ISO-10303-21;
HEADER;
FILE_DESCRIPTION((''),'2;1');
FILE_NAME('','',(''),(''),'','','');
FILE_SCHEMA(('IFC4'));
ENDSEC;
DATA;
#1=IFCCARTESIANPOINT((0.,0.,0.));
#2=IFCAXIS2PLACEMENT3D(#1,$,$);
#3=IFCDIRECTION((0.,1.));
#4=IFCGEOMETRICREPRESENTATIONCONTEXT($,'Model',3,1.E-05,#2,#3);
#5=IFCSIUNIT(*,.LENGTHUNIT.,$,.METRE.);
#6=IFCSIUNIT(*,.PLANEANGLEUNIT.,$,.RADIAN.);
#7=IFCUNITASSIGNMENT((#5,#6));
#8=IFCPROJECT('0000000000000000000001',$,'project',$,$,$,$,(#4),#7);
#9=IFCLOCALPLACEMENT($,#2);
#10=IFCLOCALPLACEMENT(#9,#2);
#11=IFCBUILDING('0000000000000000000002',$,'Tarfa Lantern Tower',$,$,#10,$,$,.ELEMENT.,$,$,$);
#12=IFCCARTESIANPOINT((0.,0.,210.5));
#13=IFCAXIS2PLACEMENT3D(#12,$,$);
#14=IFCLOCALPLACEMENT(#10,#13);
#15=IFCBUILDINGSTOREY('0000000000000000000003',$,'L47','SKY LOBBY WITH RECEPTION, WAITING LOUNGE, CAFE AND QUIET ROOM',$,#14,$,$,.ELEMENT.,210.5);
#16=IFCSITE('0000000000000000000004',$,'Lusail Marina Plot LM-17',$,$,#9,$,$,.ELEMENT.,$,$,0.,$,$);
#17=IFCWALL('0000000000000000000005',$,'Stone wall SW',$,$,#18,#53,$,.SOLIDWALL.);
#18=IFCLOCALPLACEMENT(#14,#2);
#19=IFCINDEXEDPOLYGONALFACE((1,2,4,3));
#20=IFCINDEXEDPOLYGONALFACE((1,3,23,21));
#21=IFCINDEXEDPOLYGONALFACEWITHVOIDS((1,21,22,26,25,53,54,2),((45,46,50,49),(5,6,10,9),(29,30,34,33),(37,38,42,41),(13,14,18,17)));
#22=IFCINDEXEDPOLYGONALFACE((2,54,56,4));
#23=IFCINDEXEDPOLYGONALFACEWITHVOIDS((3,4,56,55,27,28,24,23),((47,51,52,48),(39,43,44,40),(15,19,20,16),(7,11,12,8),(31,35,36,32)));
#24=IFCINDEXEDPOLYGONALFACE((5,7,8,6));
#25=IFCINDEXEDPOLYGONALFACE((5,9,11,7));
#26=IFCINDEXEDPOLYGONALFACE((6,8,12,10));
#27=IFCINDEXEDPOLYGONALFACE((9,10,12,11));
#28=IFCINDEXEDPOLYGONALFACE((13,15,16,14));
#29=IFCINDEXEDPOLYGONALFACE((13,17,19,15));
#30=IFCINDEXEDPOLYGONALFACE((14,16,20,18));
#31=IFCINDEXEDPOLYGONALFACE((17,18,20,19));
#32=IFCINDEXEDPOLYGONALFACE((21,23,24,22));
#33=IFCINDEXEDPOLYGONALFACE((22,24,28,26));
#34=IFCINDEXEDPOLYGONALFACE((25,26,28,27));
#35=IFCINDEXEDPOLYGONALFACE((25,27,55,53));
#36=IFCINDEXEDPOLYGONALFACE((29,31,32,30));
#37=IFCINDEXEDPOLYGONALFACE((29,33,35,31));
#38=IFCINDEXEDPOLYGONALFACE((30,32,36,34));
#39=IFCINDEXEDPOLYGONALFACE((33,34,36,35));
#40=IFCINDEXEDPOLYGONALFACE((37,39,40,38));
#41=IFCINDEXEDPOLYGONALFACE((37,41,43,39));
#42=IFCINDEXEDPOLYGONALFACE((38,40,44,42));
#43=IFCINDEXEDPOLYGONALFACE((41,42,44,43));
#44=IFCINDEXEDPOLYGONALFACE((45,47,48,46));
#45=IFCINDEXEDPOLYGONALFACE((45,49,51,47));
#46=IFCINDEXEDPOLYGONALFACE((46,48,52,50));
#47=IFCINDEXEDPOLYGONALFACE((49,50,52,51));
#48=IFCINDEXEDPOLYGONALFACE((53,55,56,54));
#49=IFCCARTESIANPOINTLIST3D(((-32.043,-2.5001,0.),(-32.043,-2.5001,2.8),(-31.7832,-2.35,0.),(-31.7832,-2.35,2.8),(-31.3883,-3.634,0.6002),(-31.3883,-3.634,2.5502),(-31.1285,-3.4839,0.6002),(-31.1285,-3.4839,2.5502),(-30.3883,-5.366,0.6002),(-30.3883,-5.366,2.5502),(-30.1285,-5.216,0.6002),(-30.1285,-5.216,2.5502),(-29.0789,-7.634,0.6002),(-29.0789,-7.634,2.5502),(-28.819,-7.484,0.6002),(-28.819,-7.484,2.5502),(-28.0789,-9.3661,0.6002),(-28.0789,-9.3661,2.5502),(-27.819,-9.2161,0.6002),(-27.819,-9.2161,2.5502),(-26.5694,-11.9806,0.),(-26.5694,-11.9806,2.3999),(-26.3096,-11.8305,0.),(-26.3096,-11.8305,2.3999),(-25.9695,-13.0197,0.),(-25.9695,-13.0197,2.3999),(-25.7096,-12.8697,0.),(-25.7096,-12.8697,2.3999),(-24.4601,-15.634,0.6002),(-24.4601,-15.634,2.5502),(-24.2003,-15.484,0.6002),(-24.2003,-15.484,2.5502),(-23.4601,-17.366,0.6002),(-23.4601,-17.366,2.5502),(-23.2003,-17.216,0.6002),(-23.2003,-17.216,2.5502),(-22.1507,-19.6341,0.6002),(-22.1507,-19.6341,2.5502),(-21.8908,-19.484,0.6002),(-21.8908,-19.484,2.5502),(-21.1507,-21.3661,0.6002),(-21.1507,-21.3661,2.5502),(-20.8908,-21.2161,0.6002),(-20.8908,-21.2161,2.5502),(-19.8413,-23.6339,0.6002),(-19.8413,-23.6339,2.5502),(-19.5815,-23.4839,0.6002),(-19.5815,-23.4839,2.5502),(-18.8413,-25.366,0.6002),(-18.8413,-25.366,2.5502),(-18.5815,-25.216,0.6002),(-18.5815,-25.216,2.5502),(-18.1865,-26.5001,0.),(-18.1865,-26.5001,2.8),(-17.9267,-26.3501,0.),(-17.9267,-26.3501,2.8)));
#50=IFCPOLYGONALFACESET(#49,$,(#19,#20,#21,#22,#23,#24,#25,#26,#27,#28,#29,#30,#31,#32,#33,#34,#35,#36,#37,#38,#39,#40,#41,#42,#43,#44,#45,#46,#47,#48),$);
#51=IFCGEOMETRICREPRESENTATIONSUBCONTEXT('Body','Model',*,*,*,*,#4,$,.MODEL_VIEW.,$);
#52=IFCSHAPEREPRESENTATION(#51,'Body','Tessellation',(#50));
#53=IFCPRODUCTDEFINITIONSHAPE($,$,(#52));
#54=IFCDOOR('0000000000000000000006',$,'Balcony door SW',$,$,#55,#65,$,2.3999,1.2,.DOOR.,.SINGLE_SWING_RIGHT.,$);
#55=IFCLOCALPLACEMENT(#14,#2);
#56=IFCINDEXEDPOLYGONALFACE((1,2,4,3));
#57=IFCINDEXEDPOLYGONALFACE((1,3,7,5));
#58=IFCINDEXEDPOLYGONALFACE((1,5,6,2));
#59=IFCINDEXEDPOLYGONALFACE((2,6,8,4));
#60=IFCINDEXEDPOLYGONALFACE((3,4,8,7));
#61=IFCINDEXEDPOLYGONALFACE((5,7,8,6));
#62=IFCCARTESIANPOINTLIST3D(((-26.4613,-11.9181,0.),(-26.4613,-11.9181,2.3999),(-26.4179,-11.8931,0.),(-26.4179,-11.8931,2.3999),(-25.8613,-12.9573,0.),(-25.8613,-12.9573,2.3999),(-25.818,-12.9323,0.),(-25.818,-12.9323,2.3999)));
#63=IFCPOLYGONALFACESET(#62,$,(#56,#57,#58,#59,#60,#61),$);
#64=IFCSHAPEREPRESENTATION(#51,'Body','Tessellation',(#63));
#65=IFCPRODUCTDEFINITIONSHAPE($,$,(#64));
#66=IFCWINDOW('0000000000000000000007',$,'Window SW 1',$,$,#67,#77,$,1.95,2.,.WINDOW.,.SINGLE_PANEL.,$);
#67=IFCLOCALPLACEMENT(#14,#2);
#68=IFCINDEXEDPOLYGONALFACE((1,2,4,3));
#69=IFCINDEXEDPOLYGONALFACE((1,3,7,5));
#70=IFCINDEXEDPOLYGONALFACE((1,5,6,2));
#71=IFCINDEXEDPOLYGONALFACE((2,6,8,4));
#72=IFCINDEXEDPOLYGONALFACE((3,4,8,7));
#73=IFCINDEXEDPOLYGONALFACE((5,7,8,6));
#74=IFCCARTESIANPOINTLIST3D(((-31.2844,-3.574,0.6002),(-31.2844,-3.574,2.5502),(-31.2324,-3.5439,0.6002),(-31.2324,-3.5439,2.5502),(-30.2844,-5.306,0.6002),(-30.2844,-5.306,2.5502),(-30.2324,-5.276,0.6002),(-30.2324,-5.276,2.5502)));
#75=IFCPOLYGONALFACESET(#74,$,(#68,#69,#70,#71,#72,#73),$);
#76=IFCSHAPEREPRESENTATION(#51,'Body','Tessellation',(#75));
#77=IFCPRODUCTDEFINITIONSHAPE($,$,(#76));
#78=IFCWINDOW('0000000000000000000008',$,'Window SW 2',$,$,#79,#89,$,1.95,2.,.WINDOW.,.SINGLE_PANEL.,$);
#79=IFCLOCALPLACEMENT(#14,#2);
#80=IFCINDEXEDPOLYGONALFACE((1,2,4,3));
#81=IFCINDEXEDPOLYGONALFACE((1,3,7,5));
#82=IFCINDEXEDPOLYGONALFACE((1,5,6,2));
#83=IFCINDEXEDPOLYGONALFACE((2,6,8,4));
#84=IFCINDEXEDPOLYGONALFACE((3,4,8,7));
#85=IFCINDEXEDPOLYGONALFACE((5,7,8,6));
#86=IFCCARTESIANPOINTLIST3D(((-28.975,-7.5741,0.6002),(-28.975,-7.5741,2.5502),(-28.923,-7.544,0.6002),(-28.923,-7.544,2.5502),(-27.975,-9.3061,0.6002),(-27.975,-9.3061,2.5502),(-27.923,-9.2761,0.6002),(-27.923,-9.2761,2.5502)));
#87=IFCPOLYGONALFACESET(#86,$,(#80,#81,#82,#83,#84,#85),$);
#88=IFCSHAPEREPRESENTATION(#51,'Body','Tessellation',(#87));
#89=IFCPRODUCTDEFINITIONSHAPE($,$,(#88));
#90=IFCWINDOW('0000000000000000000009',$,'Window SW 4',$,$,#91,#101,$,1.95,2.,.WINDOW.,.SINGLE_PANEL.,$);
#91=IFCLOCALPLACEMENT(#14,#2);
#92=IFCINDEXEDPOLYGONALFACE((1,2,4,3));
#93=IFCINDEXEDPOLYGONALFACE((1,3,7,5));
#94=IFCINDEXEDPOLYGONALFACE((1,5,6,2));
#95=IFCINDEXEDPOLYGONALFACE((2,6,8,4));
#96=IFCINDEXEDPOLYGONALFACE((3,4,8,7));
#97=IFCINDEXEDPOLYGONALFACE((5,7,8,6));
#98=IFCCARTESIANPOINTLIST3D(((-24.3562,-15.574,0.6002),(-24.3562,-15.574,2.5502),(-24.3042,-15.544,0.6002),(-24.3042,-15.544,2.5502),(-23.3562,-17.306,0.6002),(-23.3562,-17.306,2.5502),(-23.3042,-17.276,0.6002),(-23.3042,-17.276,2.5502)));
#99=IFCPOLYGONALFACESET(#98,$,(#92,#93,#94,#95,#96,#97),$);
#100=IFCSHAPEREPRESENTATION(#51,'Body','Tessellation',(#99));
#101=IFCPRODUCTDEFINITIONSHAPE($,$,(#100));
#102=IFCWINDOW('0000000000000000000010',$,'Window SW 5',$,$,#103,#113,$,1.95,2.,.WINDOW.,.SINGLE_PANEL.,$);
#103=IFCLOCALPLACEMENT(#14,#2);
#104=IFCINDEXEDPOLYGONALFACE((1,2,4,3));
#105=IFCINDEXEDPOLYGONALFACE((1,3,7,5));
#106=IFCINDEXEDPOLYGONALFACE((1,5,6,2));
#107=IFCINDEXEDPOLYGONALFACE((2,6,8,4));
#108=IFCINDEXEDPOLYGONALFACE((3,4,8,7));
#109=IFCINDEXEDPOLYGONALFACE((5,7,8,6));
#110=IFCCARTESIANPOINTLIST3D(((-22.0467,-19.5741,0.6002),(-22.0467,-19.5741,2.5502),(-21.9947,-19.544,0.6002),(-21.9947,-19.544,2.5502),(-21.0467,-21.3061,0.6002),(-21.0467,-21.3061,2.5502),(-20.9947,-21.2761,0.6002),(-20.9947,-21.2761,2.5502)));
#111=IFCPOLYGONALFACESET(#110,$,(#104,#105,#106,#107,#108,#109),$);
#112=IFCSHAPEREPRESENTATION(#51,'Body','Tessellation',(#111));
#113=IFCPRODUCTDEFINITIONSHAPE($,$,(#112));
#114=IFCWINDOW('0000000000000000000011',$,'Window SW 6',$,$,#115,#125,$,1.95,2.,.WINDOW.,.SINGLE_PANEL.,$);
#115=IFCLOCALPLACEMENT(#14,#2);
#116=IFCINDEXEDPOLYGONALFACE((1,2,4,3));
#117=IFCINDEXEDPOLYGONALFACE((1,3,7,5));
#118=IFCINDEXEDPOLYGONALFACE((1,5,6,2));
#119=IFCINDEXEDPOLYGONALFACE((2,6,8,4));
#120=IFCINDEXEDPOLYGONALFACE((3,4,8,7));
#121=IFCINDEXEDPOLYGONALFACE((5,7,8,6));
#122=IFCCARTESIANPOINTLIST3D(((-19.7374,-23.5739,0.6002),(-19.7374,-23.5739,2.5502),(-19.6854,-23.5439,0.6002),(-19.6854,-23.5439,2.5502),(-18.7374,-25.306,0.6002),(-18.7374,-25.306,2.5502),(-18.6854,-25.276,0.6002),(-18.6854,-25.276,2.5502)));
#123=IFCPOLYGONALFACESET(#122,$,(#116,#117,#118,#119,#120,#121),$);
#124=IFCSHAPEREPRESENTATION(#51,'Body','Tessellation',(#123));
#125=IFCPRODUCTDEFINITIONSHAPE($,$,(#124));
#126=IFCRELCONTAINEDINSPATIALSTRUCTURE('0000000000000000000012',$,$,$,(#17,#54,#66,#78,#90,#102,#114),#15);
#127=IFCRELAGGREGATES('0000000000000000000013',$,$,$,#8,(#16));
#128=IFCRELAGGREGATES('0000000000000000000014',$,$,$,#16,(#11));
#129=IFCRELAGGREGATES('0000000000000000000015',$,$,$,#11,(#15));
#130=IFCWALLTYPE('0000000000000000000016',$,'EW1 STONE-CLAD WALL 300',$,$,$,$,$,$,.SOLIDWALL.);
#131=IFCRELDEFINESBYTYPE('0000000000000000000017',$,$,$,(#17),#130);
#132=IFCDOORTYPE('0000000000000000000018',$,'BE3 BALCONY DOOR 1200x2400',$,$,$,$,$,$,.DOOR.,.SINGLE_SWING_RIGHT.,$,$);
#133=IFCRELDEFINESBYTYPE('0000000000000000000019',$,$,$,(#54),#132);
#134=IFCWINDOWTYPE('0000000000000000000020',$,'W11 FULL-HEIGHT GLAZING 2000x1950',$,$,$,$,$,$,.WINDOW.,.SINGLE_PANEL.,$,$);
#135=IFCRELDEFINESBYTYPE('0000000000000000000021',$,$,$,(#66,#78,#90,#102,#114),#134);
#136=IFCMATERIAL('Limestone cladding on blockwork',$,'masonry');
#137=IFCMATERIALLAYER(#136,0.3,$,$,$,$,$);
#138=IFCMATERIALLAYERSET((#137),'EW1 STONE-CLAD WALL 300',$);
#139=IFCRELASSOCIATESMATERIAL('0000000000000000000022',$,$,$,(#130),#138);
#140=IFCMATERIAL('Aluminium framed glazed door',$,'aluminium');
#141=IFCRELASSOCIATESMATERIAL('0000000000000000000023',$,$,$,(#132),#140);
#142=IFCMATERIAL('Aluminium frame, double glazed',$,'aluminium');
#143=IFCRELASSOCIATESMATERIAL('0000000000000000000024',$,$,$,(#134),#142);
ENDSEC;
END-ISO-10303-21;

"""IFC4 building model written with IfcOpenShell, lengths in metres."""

from ifc_helpers import new_model, si_unit, direction, frame, frame_2d, origin, place, context, subcontext, project, spatial, rectangle, extrude, material, layer, layer_set, type_object, element, fill, save


model = new_model("IFC4")

# Units and contexts
model_context = context("Model", 3, precision=1e-05, world=origin(), true_north=direction((0.0, 1.0)))
body_context = subcontext(model_context, "Body", "Model", "MODEL_VIEW")
ifc_project = project(units=[si_unit("LENGTHUNIT", "METRE"), si_unit("PLANEANGLEUNIT", "RADIAN")], contexts=[model_context])

# Site, building, storey
site_placement = place(None, origin())
site = spatial("IfcSite", under=ifc_project, at=site_placement, Name="Lusail Marina Plot LM-17", CompositionType="ELEMENT", RefElevation=0.0)
building_placement = place(site_placement, origin())
building = spatial("IfcBuilding", under=site, at=building_placement, Name="Tarfa Lantern Tower", CompositionType="ELEMENT")
storey_placement = place(building_placement, frame((0.0, 0.0, 210.5)))
storey = spatial("IfcBuildingStorey", under=building, at=storey_placement, Name="L47", Description="SKY LOBBY WITH RECEPTION, WAITING LOUNGE, CAFE AND QUIET ROOM", CompositionType="ELEMENT", Elevation=210.5)

# Wall, openings, door, windows
ifc_material_1 = material(Name="Limestone cladding on blockwork", Category="masonry")
ifc_layer = layer(ifc_material_1, 0.3)
ifc_layer_set = layer_set([ifc_layer], Name="EW1 STONE-CLAD WALL 300")
wall_type = type_object("IfcWallType", Name="EW1 STONE-CLAD WALL 300", PredefinedType="SOLIDWALL", material=ifc_layer_set)
wall_placement = place(storey_placement, frame((-31.9131, -2.425, 0.0), z_axis=(0.0, 0.0, 1.0), x_axis=(0.500001, -0.866025, 0.0)))
wall = element("IfcWall", 1, at=wall_placement, inside=storey, type_object=wall_type, Name="Stone wall SW", PredefinedType="SOLIDWALL", context=body_context, shape_type="SweptSolid", body=[
    extrude(rectangle(XDim=27.7129, YDim=0.3, at=frame_2d((13.8564, 0.0))), origin(), (0.0, 0.0, 1.0), 2.8),
])
opening_1_placement = place(wall_placement, frame((1.3093, 0.0, 0.6001)))
opening_1 = element("IfcOpeningElement", 2, at=opening_1_placement, cuts=wall, PredefinedType="OPENING", context=body_context, shape_type="SweptSolid", body=[
    extrude(rectangle(XDim=2.0, YDim=1.95, at=frame_2d((1.0, 0.9751))), frame((0.0, 0.1599, 0.0), z_axis=(0.0, -1.0, 0.0), x_axis=(1.0, 0.0, 0.0)), (0.0, 0.0, 1.0), 0.3201),
])
opening_2_placement = place(wall_placement, frame((5.9282, 0.0, 0.6001)))
opening_2 = element("IfcOpeningElement", 3, at=opening_2_placement, cuts=wall, PredefinedType="OPENING", context=body_context, shape_type="SweptSolid", body=[
    extrude(rectangle(XDim=2.0, YDim=1.95, at=frame_2d((1.0, 0.9751))), frame((0.0, 0.1599, 0.0), z_axis=(0.0, -1.0, 0.0), x_axis=(1.0, 0.0, 0.0)), (0.0, 0.0, 1.0), 0.3201),
])
opening_3_placement = place(wall_placement, frame((10.947, 0.0, 0.0)))
opening_3 = element("IfcOpeningElement", 4, at=opening_3_placement, cuts=wall, PredefinedType="OPENING", context=body_context, shape_type="SweptSolid", body=[
    extrude(rectangle(XDim=1.2, YDim=2.3999, at=frame_2d((0.6001, 1.2))), frame((0.0, 0.1599, 0.0), z_axis=(0.0, -1.0, 0.0), x_axis=(1.0, 0.0, 0.0)), (0.0, 0.0, 1.0), 0.3201),
])
opening_4_placement = place(wall_placement, frame((15.1658, 0.0, 0.6001)))
opening_4 = element("IfcOpeningElement", 5, at=opening_4_placement, cuts=wall, PredefinedType="OPENING", context=body_context, shape_type="SweptSolid", body=[
    extrude(rectangle(XDim=2.0, YDim=1.95, at=frame_2d((1.0, 0.9751))), frame((0.0, 0.1599, 0.0), z_axis=(0.0, -1.0, 0.0), x_axis=(1.0, 0.0, 0.0)), (0.0, 0.0, 1.0), 0.3201),
])
opening_5_placement = place(wall_placement, frame((19.7847, 0.0, 0.6001)))
opening_5 = element("IfcOpeningElement", 6, at=opening_5_placement, cuts=wall, PredefinedType="OPENING", context=body_context, shape_type="SweptSolid", body=[
    extrude(rectangle(XDim=2.0, YDim=1.95, at=frame_2d((1.0, 0.9751))), frame((0.0, 0.1599, 0.0), z_axis=(0.0, -1.0, 0.0), x_axis=(1.0, 0.0, 0.0)), (0.0, 0.0, 1.0), 0.3201),
])
opening_6_placement = place(wall_placement, frame((24.4033, 0.0, 0.6001)))
opening_6 = element("IfcOpeningElement", 7, at=opening_6_placement, cuts=wall, PredefinedType="OPENING", context=body_context, shape_type="SweptSolid", body=[
    extrude(rectangle(XDim=2.0, YDim=1.95, at=frame_2d((1.0, 0.9751))), frame((0.0, 0.1599, 0.0), z_axis=(0.0, -1.0, 0.0), x_axis=(1.0, 0.0, 0.0)), (0.0, 0.0, 1.0), 0.3201),
])
ifc_material_2 = material(Name="Aluminium framed glazed door", Category="aluminium")
door_type = type_object("IfcDoorType", Name="BE3 BALCONY DOOR 1200x2400", OperationType="SINGLE_SWING_RIGHT", PredefinedType="DOOR", material=ifc_material_2)
door_placement = place(opening_3_placement, origin())
door = element("IfcDoor", 8, at=door_placement, inside=storey, type_object=door_type, Name="Balcony door SW", OperationType="SINGLE_SWING_RIGHT", OverallHeight=2.3999, OverallWidth=1.2, PredefinedType="DOOR", context=body_context, shape_type="SweptSolid", body=[
    extrude(rectangle(XDim=1.2, YDim=2.3999, at=frame_2d((0.6001, 1.2))), frame((0.0, 0.0249, 0.0), z_axis=(0.0, -1.0, 0.0), x_axis=(1.0, 0.0, 0.0)), (0.0, 0.0, 1.0), 0.05),
])
fill(opening_3, door)
ifc_material_3 = material(Name="Aluminium frame, double glazed", Category="aluminium")
window_type = type_object("IfcWindowType", Name="W11 FULL-HEIGHT GLAZING 2000x1950", PartitioningType="SINGLE_PANEL", PredefinedType="WINDOW", material=ifc_material_3)
window_1_placement = place(opening_1_placement, origin())
window_1 = element("IfcWindow", 9, at=window_1_placement, inside=storey, type_object=window_type, Name="Window SW 1", OverallHeight=1.95, OverallWidth=2.0, PartitioningType="SINGLE_PANEL", PredefinedType="WINDOW", context=body_context, shape_type="SweptSolid", body=[
    extrude(rectangle(XDim=2.0, YDim=1.95, at=frame_2d((1.0, 0.9751))), frame((0.0, 0.03, 0.0), z_axis=(0.0, -1.0, 0.0), x_axis=(1.0, 0.0, 0.0)), (0.0, 0.0, 1.0), 0.0601),
])
fill(opening_1, window_1)
window_2_placement = place(opening_2_placement, origin())
window_2 = element("IfcWindow", 10, at=window_2_placement, inside=storey, type_object=window_type, Name="Window SW 2", OverallHeight=1.95, OverallWidth=2.0, PartitioningType="SINGLE_PANEL", PredefinedType="WINDOW", context=body_context, shape_type="SweptSolid", body=[
    extrude(rectangle(XDim=2.0, YDim=1.95, at=frame_2d((1.0, 0.9751))), frame((0.0, 0.03, 0.0), z_axis=(0.0, -1.0, 0.0), x_axis=(1.0, 0.0, 0.0)), (0.0, 0.0, 1.0), 0.0601),
])
fill(opening_2, window_2)
window_3_placement = place(opening_4_placement, origin())
window_3 = element("IfcWindow", 11, at=window_3_placement, inside=storey, type_object=window_type, Name="Window SW 4", OverallHeight=1.95, OverallWidth=2.0, PartitioningType="SINGLE_PANEL", PredefinedType="WINDOW", context=body_context, shape_type="SweptSolid", body=[
    extrude(rectangle(XDim=2.0, YDim=1.95, at=frame_2d((1.0, 0.9751))), frame((0.0, 0.03, 0.0), z_axis=(0.0, -1.0, 0.0), x_axis=(1.0, 0.0, 0.0)), (0.0, 0.0, 1.0), 0.0601),
])
fill(opening_4, window_3)
window_4_placement = place(opening_5_placement, origin())
window_4 = element("IfcWindow", 12, at=window_4_placement, inside=storey, type_object=window_type, Name="Window SW 5", OverallHeight=1.95, OverallWidth=2.0, PartitioningType="SINGLE_PANEL", PredefinedType="WINDOW", context=body_context, shape_type="SweptSolid", body=[
    extrude(rectangle(XDim=2.0, YDim=1.95, at=frame_2d((1.0, 0.9751))), frame((0.0, 0.03, 0.0), z_axis=(0.0, -1.0, 0.0), x_axis=(1.0, 0.0, 0.0)), (0.0, 0.0, 1.0), 0.0601),
])
fill(opening_5, window_4)
window_5_placement = place(opening_6_placement, origin())
window_5 = element("IfcWindow", 13, at=window_5_placement, inside=storey, type_object=window_type, Name="Window SW 6", OverallHeight=1.95, OverallWidth=2.0, PartitioningType="SINGLE_PANEL", PredefinedType="WINDOW", context=body_context, shape_type="SweptSolid", body=[
    extrude(rectangle(XDim=2.0, YDim=1.95, at=frame_2d((1.0, 0.9751))), frame((0.0, 0.03, 0.0), z_axis=(0.0, -1.0, 0.0), x_axis=(1.0, 0.0, 0.0)), (0.0, 0.0, 1.0), 0.0601),
])
fill(opening_6, window_5)

save(model, "model.ifc")
